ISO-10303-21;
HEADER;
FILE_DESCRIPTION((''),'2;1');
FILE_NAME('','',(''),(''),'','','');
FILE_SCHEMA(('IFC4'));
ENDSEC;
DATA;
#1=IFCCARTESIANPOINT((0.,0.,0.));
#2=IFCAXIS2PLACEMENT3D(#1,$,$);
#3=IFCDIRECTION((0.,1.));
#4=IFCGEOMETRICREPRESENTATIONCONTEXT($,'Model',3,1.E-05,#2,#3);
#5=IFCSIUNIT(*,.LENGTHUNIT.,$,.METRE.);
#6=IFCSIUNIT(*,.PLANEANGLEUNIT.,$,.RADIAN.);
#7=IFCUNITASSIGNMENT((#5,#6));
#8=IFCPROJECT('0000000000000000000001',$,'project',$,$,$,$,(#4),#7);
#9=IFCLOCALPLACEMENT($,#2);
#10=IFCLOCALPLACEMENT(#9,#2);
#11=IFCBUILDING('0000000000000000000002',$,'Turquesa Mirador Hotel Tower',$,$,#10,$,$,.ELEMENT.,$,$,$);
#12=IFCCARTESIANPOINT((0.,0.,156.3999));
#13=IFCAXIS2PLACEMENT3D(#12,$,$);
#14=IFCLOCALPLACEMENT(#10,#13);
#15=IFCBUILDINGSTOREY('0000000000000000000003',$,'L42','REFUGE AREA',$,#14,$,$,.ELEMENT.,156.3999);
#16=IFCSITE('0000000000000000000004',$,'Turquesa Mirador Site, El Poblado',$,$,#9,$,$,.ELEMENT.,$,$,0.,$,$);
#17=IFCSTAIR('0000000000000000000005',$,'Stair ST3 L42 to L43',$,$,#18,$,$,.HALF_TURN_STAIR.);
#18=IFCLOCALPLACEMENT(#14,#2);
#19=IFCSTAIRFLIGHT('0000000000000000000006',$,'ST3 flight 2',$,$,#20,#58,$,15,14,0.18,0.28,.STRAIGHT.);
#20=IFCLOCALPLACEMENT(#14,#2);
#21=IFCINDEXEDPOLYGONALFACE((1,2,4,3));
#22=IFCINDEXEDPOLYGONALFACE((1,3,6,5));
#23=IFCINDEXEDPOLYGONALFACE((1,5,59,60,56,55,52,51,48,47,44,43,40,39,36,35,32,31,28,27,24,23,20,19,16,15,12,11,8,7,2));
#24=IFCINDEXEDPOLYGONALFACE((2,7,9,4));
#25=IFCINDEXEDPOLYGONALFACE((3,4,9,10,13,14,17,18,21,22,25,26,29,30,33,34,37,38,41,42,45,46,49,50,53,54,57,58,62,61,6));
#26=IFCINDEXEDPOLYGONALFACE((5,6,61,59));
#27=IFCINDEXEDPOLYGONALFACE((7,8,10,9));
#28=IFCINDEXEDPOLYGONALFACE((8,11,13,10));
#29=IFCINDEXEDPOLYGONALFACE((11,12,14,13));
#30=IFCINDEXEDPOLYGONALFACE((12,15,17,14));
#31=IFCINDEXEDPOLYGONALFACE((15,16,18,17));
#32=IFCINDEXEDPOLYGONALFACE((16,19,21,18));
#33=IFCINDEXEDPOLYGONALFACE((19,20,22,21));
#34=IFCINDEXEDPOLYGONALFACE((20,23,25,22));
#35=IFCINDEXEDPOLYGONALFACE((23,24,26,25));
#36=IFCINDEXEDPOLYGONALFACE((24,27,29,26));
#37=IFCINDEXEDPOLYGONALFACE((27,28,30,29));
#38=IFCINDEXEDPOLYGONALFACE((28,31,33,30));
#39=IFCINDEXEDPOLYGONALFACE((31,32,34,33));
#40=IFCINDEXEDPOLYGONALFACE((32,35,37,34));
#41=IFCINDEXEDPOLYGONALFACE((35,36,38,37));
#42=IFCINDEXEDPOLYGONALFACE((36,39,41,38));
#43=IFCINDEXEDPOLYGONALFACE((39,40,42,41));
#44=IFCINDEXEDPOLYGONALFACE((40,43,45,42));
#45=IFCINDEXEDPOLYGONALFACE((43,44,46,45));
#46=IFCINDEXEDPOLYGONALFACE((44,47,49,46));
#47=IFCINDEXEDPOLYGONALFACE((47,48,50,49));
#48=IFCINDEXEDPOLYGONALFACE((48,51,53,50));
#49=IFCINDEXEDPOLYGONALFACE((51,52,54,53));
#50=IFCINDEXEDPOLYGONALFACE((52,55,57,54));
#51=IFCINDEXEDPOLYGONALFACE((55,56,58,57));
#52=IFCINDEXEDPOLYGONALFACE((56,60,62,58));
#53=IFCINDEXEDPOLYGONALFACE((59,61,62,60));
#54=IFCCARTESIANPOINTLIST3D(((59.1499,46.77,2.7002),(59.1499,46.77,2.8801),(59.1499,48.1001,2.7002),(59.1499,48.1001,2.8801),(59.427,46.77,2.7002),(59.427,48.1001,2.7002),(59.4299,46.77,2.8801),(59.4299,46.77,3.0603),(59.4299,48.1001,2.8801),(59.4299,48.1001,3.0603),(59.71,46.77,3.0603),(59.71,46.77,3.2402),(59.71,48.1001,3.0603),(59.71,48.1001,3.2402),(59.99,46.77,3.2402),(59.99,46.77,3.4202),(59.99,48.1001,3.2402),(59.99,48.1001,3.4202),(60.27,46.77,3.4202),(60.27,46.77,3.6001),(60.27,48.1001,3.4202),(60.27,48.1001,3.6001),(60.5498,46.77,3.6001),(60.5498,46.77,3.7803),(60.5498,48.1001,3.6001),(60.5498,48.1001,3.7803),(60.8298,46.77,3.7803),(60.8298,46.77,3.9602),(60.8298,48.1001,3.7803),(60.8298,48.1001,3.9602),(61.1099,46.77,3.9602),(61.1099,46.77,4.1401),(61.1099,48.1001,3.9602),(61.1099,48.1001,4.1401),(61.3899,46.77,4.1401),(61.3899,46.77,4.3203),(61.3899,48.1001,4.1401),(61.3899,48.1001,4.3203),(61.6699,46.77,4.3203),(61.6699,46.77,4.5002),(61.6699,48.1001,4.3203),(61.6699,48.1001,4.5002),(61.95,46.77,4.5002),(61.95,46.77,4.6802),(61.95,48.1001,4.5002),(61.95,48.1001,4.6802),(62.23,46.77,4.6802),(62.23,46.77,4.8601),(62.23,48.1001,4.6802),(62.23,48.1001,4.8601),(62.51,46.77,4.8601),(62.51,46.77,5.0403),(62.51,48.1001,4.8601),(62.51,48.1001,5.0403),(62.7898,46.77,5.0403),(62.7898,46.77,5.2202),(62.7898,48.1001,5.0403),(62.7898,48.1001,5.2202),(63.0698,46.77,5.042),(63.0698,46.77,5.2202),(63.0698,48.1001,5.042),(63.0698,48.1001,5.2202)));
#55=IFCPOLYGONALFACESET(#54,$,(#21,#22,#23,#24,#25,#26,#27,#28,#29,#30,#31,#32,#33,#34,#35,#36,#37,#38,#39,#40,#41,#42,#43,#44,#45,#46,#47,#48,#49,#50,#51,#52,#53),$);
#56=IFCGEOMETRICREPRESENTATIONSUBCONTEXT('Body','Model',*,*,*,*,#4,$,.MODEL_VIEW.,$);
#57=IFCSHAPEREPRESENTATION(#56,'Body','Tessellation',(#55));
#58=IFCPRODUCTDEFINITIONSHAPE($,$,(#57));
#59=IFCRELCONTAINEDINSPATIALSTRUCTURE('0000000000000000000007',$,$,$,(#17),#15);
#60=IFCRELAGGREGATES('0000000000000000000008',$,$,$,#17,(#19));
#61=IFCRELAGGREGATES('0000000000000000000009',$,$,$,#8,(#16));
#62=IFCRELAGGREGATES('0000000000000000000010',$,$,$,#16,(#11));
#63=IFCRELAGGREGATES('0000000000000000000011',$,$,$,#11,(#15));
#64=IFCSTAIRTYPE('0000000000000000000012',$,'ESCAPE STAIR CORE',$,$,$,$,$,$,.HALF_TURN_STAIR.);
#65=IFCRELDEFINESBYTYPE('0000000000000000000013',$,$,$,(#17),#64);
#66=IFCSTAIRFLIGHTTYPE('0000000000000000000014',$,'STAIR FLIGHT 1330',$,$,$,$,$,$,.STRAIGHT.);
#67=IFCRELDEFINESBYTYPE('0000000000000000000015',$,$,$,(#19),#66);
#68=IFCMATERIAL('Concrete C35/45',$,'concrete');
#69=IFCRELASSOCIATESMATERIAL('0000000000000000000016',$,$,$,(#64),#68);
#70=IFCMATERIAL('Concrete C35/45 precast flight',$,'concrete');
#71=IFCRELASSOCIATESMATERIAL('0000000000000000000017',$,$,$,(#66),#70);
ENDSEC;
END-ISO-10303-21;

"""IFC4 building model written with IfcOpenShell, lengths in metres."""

from ifc_helpers import new_model, si_unit, direction, frame, origin, place, context, subcontext, project, spatial, polyline, outline, extrude, material, type_object, element, aggregate, save


model = new_model("IFC4")

# Units and contexts
model_context = context("Model", 3, precision=1e-05, world=origin(), true_north=direction((0.0, 1.0)))
body_context = subcontext(model_context, "Body", "Model", "MODEL_VIEW")
ifc_project = project(units=[si_unit("LENGTHUNIT", "METRE"), si_unit("PLANEANGLEUNIT", "RADIAN")], contexts=[model_context])

# Site, building, storey
site_placement = place(None, origin())
site = spatial("IfcSite", under=ifc_project, at=site_placement, Name="Turquesa Mirador Site, El Poblado", CompositionType="ELEMENT", RefElevation=0.0)
building_placement = place(site_placement, origin())
building = spatial("IfcBuilding", under=site, at=building_placement, Name="Turquesa Mirador Hotel Tower", CompositionType="ELEMENT")
storey_placement = place(building_placement, frame((0.0, 0.0, 156.3999)))
storey = spatial("IfcBuildingStorey", under=building, at=storey_placement, Name="L42", Description="REFUGE AREA", CompositionType="ELEMENT", Elevation=156.3999)

# Shared definitions
ifc_material_1 = material(Name="Concrete C35/45", Category="concrete")
stair_type = type_object("IfcStairType", Name="ESCAPE STAIR CORE", PredefinedType="HALF_TURN_STAIR", material=ifc_material_1)
ifc_material_2 = material(Name="Concrete C35/45 precast flight", Category="concrete")
stair_flight_type = type_object("IfcStairFlightType", Name="STAIR FLIGHT 1330", PredefinedType="STRAIGHT", material=ifc_material_2)

# Stair, stair flight
stair_1_placement = place(storey_placement, origin())
stair_1 = element("IfcStair", 1, at=stair_1_placement, inside=storey, type_object=stair_type, Name="Stair ST3 L42 to L43", PredefinedType="HALF_TURN_STAIR")
stair_flight_1_placement = place(storey_placement, frame((59.1499, 47.4351, 2.7002), z_axis=(0.0, 0.0, 1.0), x_axis=(1.0, 0.0, 0.0)))
stair_flight_1 = element("IfcStairFlight", 2, at=stair_flight_1_placement, type_object=stair_flight_type, Name="ST3 flight 2", NumberOfRisers=15, NumberOfTreads=14, PredefinedType="STRAIGHT", RiserHeight=0.18, TreadLength=0.28, context=body_context, shape_type="SweptSolid", body=[
    extrude(outline(polyline([(0.0, 0.0), (0.0, 0.1799), (0.28, 0.1799), (0.28, 0.3601), (0.5601, 0.3601), (0.5601, 0.54), (0.8401, 0.54), (0.8401, 0.72), (1.1201, 0.72), (1.1201, 0.8999), (1.3999, 0.8999), (1.3999, 1.0801), (1.6799, 1.0801), (1.6799, 1.26), (1.96, 1.26), (1.96, 1.4399), (2.24, 1.4399), (2.24, 1.6201), (2.52, 1.6201), (2.52, 1.8), (2.8, 1.8), (2.8, 1.98), (3.0801, 1.98), (3.0801, 2.1599), (3.3601, 2.1599), (3.3601, 2.3401), (3.6399, 2.3401), (3.6399, 2.52), (3.9199, 2.52), (3.9199, 2.7), (3.9199, 2.3418), (0.2771, 0.0), (0.0, 0.0)])), frame((0.0, 0.665, 0.0), z_axis=(0.0, -1.0, 0.0), x_axis=(1.0, 0.0, 0.0)), (0.0, 0.0, 1.0), 1.3301),
])
aggregate(stair_1, [stair_flight_1])

save(model, "model.ifc")
